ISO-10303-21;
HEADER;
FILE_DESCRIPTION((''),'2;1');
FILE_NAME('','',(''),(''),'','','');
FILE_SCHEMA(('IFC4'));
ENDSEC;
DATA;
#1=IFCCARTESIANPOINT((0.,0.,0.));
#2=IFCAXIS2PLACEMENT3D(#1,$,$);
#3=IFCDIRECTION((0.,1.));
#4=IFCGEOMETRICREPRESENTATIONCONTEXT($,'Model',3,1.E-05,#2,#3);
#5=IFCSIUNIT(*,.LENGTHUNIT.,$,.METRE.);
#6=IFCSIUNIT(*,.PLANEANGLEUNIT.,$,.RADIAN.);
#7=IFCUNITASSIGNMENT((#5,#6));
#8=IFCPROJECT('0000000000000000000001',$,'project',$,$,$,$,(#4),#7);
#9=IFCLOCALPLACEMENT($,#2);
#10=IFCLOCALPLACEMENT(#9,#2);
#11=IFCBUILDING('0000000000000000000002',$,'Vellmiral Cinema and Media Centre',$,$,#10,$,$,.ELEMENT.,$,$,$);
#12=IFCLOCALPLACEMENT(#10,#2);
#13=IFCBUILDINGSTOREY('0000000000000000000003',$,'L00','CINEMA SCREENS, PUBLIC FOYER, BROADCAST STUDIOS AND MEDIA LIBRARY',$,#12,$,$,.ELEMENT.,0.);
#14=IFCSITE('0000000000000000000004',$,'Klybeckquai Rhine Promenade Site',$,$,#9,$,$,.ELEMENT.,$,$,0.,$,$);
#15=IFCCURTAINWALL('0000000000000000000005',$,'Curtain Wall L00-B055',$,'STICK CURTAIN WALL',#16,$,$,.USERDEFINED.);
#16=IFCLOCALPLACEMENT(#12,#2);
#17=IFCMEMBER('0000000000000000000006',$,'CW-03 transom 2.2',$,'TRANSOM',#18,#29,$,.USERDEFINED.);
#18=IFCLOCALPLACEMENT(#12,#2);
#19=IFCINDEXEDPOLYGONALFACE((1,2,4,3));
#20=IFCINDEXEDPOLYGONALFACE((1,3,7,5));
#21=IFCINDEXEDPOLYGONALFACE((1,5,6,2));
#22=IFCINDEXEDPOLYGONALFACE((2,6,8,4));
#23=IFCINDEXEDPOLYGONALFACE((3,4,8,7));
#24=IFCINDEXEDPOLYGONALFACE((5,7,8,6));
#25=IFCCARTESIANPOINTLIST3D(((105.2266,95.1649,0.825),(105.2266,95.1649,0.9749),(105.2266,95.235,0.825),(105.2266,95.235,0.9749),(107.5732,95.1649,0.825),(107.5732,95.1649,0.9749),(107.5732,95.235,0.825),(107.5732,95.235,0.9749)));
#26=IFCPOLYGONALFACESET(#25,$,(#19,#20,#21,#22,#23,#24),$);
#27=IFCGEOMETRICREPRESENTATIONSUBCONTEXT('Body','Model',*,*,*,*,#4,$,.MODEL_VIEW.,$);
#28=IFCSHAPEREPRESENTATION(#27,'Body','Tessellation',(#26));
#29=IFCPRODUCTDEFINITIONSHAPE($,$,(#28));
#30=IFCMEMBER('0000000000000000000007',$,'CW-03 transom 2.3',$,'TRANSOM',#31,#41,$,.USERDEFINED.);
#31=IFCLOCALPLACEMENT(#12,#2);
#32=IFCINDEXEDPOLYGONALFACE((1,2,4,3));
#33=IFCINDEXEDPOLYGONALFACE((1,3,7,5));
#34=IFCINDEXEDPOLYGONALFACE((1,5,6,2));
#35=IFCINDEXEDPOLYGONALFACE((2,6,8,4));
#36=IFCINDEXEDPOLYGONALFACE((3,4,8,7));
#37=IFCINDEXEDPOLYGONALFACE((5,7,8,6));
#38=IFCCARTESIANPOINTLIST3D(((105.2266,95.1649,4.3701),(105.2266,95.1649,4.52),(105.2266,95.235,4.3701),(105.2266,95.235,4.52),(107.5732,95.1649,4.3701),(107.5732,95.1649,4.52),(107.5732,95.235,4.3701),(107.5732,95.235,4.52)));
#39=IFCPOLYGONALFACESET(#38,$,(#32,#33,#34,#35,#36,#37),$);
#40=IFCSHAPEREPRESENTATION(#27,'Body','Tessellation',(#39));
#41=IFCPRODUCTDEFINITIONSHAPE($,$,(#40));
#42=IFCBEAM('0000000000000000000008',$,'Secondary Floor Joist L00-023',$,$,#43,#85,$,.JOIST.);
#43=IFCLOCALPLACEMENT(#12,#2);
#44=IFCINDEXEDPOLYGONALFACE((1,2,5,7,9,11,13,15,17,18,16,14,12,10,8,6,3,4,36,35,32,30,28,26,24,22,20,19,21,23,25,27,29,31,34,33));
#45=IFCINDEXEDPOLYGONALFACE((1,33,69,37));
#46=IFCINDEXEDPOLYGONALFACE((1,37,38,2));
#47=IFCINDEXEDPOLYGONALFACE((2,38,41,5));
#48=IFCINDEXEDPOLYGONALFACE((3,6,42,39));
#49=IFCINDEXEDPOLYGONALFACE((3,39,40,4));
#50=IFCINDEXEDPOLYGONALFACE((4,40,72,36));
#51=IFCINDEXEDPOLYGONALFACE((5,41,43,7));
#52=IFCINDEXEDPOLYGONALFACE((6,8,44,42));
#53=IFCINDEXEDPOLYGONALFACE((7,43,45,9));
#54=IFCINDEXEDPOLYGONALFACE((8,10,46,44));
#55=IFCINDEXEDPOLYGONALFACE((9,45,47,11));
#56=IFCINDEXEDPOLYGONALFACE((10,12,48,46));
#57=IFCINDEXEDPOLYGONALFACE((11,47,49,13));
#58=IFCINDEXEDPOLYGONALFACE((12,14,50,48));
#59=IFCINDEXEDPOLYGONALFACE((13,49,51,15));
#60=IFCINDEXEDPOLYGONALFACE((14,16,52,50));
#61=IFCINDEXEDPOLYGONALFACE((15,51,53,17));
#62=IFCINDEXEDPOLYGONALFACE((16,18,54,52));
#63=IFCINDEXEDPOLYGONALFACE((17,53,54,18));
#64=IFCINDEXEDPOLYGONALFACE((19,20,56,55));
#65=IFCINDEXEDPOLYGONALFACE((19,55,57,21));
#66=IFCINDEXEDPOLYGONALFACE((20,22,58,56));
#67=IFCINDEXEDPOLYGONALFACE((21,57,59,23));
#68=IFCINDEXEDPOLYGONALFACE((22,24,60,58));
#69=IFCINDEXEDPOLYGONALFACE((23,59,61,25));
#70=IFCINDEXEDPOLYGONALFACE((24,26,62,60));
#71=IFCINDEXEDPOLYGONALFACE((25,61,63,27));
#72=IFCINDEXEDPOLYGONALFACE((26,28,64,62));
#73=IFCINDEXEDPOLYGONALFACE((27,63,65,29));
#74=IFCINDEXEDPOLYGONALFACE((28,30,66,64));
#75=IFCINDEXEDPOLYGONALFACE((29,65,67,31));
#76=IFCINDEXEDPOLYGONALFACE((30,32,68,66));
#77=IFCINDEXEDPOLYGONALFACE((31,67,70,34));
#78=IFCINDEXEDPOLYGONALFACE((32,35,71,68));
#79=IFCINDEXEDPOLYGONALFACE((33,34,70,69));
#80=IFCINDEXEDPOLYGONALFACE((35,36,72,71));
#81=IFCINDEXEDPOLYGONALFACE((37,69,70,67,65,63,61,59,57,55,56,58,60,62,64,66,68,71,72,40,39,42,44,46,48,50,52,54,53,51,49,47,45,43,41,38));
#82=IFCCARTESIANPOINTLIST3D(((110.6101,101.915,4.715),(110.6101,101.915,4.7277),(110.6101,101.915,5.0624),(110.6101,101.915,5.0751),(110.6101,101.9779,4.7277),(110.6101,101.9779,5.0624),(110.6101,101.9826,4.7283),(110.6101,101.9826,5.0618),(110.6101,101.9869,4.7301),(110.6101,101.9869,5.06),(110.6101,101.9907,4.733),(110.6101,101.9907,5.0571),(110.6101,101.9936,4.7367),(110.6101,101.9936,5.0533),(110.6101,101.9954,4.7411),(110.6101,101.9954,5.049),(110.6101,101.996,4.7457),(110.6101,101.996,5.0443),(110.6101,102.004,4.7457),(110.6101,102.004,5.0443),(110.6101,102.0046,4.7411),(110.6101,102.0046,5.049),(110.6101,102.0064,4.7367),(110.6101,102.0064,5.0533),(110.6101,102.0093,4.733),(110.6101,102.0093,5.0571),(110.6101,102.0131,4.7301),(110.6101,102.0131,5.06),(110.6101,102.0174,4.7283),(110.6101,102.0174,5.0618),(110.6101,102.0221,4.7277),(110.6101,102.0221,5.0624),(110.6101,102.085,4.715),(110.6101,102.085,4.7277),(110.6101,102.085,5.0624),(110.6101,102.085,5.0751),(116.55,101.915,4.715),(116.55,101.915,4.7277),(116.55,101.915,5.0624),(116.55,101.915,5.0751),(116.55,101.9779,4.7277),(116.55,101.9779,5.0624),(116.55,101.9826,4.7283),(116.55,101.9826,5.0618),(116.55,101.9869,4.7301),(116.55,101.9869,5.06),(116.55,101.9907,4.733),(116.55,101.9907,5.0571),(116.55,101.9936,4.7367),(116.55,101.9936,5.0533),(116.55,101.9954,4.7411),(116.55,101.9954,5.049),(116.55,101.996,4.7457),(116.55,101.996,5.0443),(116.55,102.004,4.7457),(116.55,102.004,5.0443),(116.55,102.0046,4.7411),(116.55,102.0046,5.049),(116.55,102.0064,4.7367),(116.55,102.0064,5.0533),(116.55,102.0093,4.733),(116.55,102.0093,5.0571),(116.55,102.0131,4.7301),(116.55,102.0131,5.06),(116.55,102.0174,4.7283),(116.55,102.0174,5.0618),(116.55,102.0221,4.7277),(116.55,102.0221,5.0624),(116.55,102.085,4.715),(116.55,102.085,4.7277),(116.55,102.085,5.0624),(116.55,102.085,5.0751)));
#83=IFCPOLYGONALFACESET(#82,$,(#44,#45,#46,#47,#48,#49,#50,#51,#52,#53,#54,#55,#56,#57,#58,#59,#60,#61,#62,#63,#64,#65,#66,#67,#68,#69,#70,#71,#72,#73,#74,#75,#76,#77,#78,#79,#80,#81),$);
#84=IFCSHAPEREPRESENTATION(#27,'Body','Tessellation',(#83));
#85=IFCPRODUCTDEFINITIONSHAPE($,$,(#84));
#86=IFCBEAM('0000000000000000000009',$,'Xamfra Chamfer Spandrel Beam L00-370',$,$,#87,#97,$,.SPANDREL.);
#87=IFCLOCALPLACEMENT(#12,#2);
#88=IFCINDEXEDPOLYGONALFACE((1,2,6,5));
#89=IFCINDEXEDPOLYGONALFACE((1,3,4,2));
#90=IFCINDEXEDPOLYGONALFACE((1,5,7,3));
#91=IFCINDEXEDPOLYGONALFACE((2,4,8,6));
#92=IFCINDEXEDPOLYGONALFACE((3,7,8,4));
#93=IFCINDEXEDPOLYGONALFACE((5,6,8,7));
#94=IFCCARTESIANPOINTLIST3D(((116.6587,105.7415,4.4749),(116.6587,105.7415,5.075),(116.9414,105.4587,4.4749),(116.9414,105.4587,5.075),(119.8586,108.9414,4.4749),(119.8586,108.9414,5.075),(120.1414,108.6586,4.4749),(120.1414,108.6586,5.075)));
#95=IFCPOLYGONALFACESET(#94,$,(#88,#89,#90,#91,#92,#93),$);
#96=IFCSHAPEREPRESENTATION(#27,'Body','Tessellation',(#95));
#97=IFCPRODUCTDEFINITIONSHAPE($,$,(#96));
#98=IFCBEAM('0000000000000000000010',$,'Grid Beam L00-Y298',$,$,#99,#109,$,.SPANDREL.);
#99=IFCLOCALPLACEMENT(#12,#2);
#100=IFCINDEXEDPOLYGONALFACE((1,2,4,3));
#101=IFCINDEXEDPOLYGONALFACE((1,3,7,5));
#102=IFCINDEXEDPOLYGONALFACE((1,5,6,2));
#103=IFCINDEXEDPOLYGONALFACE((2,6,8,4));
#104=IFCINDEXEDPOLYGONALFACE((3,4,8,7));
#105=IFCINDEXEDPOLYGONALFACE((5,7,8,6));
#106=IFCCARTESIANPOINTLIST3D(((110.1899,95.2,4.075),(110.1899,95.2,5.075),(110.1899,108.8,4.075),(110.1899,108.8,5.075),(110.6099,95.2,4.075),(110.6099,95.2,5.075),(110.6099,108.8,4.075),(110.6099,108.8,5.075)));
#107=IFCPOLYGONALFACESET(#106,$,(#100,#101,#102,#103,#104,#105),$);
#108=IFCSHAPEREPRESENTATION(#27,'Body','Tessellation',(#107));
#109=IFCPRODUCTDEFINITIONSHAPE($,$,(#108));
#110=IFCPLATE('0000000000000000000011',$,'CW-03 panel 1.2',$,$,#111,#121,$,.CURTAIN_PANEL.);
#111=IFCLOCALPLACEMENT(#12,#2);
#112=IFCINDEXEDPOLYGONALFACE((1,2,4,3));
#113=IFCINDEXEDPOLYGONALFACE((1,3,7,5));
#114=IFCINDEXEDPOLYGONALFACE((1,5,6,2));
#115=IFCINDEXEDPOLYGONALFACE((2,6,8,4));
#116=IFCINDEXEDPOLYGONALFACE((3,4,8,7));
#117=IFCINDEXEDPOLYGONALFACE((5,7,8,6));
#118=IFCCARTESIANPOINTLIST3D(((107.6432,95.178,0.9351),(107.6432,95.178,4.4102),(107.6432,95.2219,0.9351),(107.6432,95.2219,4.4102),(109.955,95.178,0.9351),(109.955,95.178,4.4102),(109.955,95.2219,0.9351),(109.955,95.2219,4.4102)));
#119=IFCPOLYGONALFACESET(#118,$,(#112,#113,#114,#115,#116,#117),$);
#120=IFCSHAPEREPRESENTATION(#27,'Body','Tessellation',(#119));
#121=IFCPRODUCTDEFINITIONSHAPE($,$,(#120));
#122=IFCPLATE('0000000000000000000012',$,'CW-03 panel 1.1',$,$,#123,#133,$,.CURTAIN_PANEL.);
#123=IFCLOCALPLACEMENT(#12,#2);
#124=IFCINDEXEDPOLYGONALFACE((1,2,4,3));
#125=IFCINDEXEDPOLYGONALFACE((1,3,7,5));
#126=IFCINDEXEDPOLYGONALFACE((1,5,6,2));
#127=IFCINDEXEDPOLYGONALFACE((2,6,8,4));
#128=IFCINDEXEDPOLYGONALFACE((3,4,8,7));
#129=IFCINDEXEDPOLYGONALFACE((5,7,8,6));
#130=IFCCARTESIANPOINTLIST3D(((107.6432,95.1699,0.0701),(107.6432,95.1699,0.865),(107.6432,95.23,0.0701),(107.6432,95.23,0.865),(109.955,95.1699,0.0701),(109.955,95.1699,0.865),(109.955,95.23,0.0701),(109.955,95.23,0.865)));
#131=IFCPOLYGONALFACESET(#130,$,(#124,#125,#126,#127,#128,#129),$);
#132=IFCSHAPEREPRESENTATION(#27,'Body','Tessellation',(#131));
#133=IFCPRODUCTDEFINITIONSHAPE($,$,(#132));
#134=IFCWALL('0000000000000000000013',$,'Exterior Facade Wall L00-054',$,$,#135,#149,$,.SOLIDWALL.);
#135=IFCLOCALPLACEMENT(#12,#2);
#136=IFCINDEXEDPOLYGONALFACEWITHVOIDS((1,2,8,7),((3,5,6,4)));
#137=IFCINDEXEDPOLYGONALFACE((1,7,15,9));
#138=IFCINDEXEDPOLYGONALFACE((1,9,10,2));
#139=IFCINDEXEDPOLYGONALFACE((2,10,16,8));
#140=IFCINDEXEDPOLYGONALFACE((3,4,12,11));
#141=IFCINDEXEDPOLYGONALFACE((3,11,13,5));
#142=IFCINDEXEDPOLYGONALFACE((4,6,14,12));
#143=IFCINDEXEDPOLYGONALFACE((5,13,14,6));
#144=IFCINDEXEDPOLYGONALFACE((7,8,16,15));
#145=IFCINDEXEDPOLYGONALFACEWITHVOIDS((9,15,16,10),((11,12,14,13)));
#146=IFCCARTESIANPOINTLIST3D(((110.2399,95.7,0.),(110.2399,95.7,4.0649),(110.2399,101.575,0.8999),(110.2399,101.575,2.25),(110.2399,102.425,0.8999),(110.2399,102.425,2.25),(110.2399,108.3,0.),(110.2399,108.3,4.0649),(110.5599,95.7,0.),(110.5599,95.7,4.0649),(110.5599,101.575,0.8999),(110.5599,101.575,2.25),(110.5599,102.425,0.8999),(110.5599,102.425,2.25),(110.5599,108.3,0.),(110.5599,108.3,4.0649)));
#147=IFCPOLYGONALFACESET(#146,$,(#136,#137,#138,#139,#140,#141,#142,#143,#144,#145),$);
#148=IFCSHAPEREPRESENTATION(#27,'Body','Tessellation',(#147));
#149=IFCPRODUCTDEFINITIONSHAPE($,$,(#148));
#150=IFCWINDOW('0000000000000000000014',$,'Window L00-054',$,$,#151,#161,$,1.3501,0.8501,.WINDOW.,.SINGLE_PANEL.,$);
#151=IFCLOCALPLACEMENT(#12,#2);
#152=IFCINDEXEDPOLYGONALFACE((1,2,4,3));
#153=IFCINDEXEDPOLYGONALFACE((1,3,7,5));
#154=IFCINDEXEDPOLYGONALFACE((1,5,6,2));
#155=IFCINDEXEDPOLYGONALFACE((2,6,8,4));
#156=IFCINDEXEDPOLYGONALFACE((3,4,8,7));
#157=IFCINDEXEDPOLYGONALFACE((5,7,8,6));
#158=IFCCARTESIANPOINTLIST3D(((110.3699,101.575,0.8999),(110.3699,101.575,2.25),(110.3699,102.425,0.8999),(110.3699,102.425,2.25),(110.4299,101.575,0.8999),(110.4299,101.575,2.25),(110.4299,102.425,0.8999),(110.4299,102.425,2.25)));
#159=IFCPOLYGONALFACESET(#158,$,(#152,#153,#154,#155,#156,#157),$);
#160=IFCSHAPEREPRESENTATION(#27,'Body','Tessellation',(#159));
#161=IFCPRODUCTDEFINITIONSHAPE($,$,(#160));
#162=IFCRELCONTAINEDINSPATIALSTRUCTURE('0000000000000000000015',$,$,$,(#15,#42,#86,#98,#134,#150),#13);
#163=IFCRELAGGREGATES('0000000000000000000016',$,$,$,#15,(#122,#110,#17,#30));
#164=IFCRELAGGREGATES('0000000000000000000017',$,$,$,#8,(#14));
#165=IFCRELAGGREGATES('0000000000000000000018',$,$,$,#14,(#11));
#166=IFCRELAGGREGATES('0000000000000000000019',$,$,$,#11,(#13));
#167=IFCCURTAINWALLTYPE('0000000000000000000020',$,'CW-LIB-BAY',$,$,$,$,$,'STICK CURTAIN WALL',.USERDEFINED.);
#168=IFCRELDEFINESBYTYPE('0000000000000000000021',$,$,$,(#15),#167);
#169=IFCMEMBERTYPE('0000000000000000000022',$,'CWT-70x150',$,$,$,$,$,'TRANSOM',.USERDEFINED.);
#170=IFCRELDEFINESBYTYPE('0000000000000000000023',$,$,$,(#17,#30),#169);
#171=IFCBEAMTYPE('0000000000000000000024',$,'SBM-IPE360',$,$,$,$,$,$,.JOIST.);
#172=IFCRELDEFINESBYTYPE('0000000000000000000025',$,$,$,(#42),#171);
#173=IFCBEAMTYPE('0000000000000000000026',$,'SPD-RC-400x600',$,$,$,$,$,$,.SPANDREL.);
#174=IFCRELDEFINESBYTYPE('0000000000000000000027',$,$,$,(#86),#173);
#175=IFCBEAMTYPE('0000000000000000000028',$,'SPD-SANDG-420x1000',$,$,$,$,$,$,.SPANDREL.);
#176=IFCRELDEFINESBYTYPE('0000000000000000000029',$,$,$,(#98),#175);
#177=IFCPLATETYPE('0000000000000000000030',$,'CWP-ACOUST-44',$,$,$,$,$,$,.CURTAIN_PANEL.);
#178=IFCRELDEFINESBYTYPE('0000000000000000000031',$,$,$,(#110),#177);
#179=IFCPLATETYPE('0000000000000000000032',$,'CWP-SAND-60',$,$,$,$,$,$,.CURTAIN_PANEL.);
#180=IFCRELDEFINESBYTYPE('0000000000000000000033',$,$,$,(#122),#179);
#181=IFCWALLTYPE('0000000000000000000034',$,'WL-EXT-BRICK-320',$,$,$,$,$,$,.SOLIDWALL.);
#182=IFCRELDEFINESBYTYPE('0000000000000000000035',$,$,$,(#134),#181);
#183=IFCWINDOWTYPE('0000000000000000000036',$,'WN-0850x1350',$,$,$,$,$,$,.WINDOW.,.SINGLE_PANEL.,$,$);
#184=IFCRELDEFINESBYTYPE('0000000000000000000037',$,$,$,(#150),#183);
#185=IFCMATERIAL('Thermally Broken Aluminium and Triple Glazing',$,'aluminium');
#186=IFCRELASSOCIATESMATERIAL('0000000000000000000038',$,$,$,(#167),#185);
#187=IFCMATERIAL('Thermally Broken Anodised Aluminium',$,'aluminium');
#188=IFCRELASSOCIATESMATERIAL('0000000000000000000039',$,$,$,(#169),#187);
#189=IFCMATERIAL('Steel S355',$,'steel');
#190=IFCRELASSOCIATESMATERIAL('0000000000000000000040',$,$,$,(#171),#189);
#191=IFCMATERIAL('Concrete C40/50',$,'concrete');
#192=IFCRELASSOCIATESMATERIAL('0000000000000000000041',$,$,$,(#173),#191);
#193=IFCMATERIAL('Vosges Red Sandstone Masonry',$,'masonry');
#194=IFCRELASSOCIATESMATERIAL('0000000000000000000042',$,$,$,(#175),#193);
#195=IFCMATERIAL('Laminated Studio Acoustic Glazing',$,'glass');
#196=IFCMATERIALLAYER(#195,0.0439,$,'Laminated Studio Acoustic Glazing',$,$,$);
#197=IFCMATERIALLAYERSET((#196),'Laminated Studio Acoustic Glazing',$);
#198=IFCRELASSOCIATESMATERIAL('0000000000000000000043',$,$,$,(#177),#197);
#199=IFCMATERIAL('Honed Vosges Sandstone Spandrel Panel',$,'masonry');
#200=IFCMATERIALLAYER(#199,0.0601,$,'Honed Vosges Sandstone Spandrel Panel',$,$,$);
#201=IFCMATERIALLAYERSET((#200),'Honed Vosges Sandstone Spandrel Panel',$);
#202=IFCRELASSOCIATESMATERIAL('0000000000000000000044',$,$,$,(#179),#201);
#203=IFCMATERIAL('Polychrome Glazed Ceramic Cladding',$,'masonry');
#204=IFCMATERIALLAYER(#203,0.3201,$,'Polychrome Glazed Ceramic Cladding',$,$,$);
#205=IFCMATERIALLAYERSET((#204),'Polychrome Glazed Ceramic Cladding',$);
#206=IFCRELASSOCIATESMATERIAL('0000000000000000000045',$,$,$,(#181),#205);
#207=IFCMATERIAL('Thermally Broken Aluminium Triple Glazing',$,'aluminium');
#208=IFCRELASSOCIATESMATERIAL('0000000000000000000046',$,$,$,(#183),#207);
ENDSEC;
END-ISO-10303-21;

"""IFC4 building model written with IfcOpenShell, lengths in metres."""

from ifc_helpers import new_model, si_unit, direction, frame, frame_2d, origin, origin_2d, place, context, subcontext, project, spatial, rectangle, i_section, extrude, material, layer, layer_set, material_profile, profile_set, type_object, element, fill, aggregate, save


model = new_model("IFC4")

# Units and contexts
model_context = context("Model", 3, precision=1e-05, world=origin(), true_north=direction((0.0, 1.0)))
body_context = subcontext(model_context, "Body", "Model", "MODEL_VIEW")
ifc_project = project(units=[si_unit("LENGTHUNIT", "METRE"), si_unit("PLANEANGLEUNIT", "RADIAN")], contexts=[model_context])

# Site, building, storey
site_placement = place(None, origin())
site = spatial("IfcSite", under=ifc_project, at=site_placement, Name="Klybeckquai Rhine Promenade Site", CompositionType="ELEMENT", RefElevation=0.0)
building_placement = place(site_placement, origin())
building = spatial("IfcBuilding", under=site, at=building_placement, Name="Vellmiral Cinema and Media Centre", CompositionType="ELEMENT")
storey_placement = place(building_placement, origin())
storey = spatial("IfcBuildingStorey", under=building, at=storey_placement, Name="L00", Description="CINEMA SCREENS, PUBLIC FOYER, BROADCAST STUDIOS AND MEDIA LIBRARY", CompositionType="ELEMENT", Elevation=0.0)

# Curtain wall, members
ifc_material_1 = material(Name="Thermally Broken Aluminium and Triple Glazing", Category="aluminium")
curtain_wall_type = type_object("IfcCurtainWallType", Name="CW-LIB-BAY", ElementType="STICK CURTAIN WALL", PredefinedType="USERDEFINED", material=ifc_material_1)
curtain_wall_placement = place(storey_placement, origin())
curtain_wall = element("IfcCurtainWall", 1, at=curtain_wall_placement, inside=storey, type_object=curtain_wall_type, Name="Curtain Wall L00-B055", ObjectType="STICK CURTAIN WALL", PredefinedType="USERDEFINED")
ifc_material_2 = material(Name="Thermally Broken Anodised Aluminium", Category="aluminium")
ifc_material_profile_1 = material_profile(ifc_material_2, rectangle(XDim=0.0701, YDim=0.1499, at=origin_2d()), Name="MULL 70x150")
ifc_profile_set_1 = profile_set([ifc_material_profile_1], Name="Thermally Broken Anodised Aluminium")
member_type_1 = type_object("IfcMemberType", Name="CWT-70x150", ElementType="TRANSOM", PredefinedType="USERDEFINED", material=ifc_profile_set_1)
member_1_placement = place(storey_placement, frame((107.5732, 95.2, 0.8999), z_axis=(-1.0, 0.0, 0.0), x_axis=(0.0, -1.0, 0.0)))
member_1 = element("IfcMember", 2, at=member_1_placement, type_object=member_type_1, Name="CW-03 transom 2.2", ObjectType="TRANSOM", PredefinedType="USERDEFINED", context=body_context, shape_type="SweptSolid", body=[
    extrude(rectangle(XDim=0.0701, YDim=0.1499, at=origin_2d()), origin(), (0.0, 0.0, 1.0), 2.3467),
])
member_2_placement = place(storey_placement, frame((107.5732, 95.2, 4.4451), z_axis=(-1.0, 0.0, 0.0), x_axis=(0.0, -1.0, 0.0)))
member_2 = element("IfcMember", 3, at=member_2_placement, type_object=member_type_1, Name="CW-03 transom 2.3", ObjectType="TRANSOM", PredefinedType="USERDEFINED", context=body_context, shape_type="SweptSolid", body=[
    extrude(rectangle(XDim=0.0701, YDim=0.1499, at=origin_2d()), origin(), (0.0, 0.0, 1.0), 2.3467),
])

# Beams
ifc_material_3 = material(Name="Steel S355", Category="steel")
ifc_material_profile_2 = material_profile(ifc_material_3, i_section(OverallWidth=0.1699, OverallDepth=0.3601, WebThickness=0.0081, FlangeThickness=0.0127, FilletRadius=0.0181, at=origin_2d()), Name="IPE 360")
ifc_profile_set_2 = profile_set([ifc_material_profile_2], Name="Steel S355")
beam_type_1 = type_object("IfcBeamType", Name="SBM-IPE360", PredefinedType="JOIST", material=ifc_profile_set_2)
beam_1_placement = place(storey_placement, frame((110.6101, 102.0, 4.895), z_axis=(1.0, 0.0, 0.0), x_axis=(0.0, 1.0, 0.0)))
element("IfcBeam", 4, at=beam_1_placement, inside=storey, type_object=beam_type_1, Name="Secondary Floor Joist L00-023", PredefinedType="JOIST", context=body_context, shape_type="SweptSolid", body=[
    extrude(i_section(OverallWidth=0.1699, OverallDepth=0.3601, WebThickness=0.0081, FlangeThickness=0.0127, FilletRadius=0.0181, at=origin_2d()), origin(), (0.0, 0.0, 1.0), 5.9399),
])
ifc_material_4 = material(Name="Concrete C40/50", Category="concrete")
ifc_material_profile_3 = material_profile(ifc_material_4, rectangle(XDim=0.3999, YDim=0.6001, at=origin_2d()), Name="RC 400x600")
ifc_profile_set_3 = profile_set([ifc_material_profile_3], Name="Concrete C40/50")
beam_type_2 = type_object("IfcBeamType", Name="SPD-RC-400x600", PredefinedType="SPANDREL", material=ifc_profile_set_3)
beam_2_placement = place(storey_placement, frame((116.8, 105.6001, 4.7749), z_axis=(0.707107, 0.707107, 0.0), x_axis=(-0.707107, 0.707107, 0.0)))
element("IfcBeam", 5, at=beam_2_placement, inside=storey, type_object=beam_type_2, Name="Xamfra Chamfer Spandrel Beam L00-370", PredefinedType="SPANDREL", context=body_context, shape_type="SweptSolid", body=[
    extrude(rectangle(XDim=0.3999, YDim=0.6001, at=origin_2d()), origin(), (0.0, 0.0, 1.0), 4.5254),
])
ifc_material_5 = material(Name="Vosges Red Sandstone Masonry", Category="masonry")
ifc_material_profile_4 = material_profile(ifc_material_5, rectangle(XDim=0.4199, YDim=1.0, at=origin_2d()), Name="SAND 420x1000")
ifc_profile_set_4 = profile_set([ifc_material_profile_4], Name="Vosges Red Sandstone Masonry")
beam_type_3 = type_object("IfcBeamType", Name="SPD-SANDG-420x1000", PredefinedType="SPANDREL", material=ifc_profile_set_4)
beam_3_placement = place(storey_placement, frame((110.3999, 95.2, 4.575), z_axis=(0.0, 1.0, 0.0), x_axis=(-1.0, 0.0, 0.0)))
element("IfcBeam", 6, at=beam_3_placement, inside=storey, type_object=beam_type_3, Name="Grid Beam L00-Y298", PredefinedType="SPANDREL", context=body_context, shape_type="SweptSolid", body=[
    extrude(rectangle(XDim=0.4199, YDim=1.0, at=origin_2d()), origin(), (0.0, 0.0, 1.0), 13.6001),
])

# Plates
ifc_material_6 = material(Name="Laminated Studio Acoustic Glazing", Category="glass")
ifc_layer_1 = layer(ifc_material_6, 0.0439, Name="Laminated Studio Acoustic Glazing")
ifc_layer_set_1 = layer_set([ifc_layer_1], Name="Laminated Studio Acoustic Glazing")
plate_type_1 = type_object("IfcPlateType", Name="CWP-ACOUST-44", PredefinedType="CURTAIN_PANEL", material=ifc_layer_set_1)
plate_1_placement = place(storey_placement, frame((108.7991, 95.2, 0.9351), z_axis=(0.0, 0.0, 1.0), x_axis=(-1.0, 0.0, 0.0)))
plate_1 = element("IfcPlate", 7, at=plate_1_placement, type_object=plate_type_1, Name="CW-03 panel 1.2", PredefinedType="CURTAIN_PANEL", context=body_context, shape_type="SweptSolid", body=[
    extrude(rectangle(XDim=2.3118, YDim=0.0439, at=origin_2d()), origin(), (0.0, 0.0, 1.0), 3.4751),
])
ifc_material_7 = material(Name="Honed Vosges Sandstone Spandrel Panel", Category="masonry")
ifc_layer_2 = layer(ifc_material_7, 0.0601, Name="Honed Vosges Sandstone Spandrel Panel")
ifc_layer_set_2 = layer_set([ifc_layer_2], Name="Honed Vosges Sandstone Spandrel Panel")
plate_type_2 = type_object("IfcPlateType", Name="CWP-SAND-60", PredefinedType="CURTAIN_PANEL", material=ifc_layer_set_2)
plate_2_placement = place(storey_placement, frame((108.7991, 95.2, 0.0701), z_axis=(0.0, 0.0, 1.0), x_axis=(-1.0, 0.0, 0.0)))
plate_2 = element("IfcPlate", 8, at=plate_2_placement, type_object=plate_type_2, Name="CW-03 panel 1.1", PredefinedType="CURTAIN_PANEL", context=body_context, shape_type="SweptSolid", body=[
    extrude(rectangle(XDim=2.3118, YDim=0.0601, at=origin_2d()), origin(), (0.0, 0.0, 1.0), 0.7949),
])
aggregate(curtain_wall, [plate_2, plate_1, member_1, member_2])

# Wall, opening, window
ifc_material_8 = material(Name="Polychrome Glazed Ceramic Cladding", Category="masonry")
ifc_layer_3 = layer(ifc_material_8, 0.3201, Name="Polychrome Glazed Ceramic Cladding")
ifc_layer_set_3 = layer_set([ifc_layer_3], Name="Polychrome Glazed Ceramic Cladding")
wall_type_1 = type_object("IfcWallType", Name="WL-EXT-BRICK-320", PredefinedType="SOLIDWALL", material=ifc_layer_set_3)
wall_1_placement = place(storey_placement, frame((110.3999, 108.3, 0.0), z_axis=(0.0, 0.0, 1.0), x_axis=(0.0, -1.0, 0.0)))
wall_1 = element("IfcWall", 9, at=wall_1_placement, inside=storey, type_object=wall_type_1, Name="Exterior Facade Wall L00-054", PredefinedType="SOLIDWALL", context=body_context, shape_type="SweptSolid", body=[
    extrude(rectangle(XDim=12.6001, YDim=0.3201, at=frame_2d((6.3, 0.0))), origin(), (0.0, 0.0, 1.0), 4.0649),
])
opening_1_placement = place(wall_1_placement, frame((5.875, 0.0, 0.8999)))
opening_1 = element("IfcOpeningElement", 10, at=opening_1_placement, cuts=wall_1, PredefinedType="OPENING", context=body_context, shape_type="SweptSolid", body=[
    extrude(rectangle(XDim=0.8501, YDim=1.3501, at=frame_2d((0.425, 0.675))), frame((0.0, 0.1719, 0.0), z_axis=(0.0, -1.0, 0.0), x_axis=(1.0, 0.0, 0.0)), (0.0, 0.0, 1.0), 0.344),
])
ifc_material_9 = material(Name="Thermally Broken Aluminium Triple Glazing", Category="aluminium")
window_type = type_object("IfcWindowType", Name="WN-0850x1350", PartitioningType="SINGLE_PANEL", PredefinedType="WINDOW", material=ifc_material_9)
window_placement = place(opening_1_placement, origin())
window = element("IfcWindow", 11, at=window_placement, inside=storey, type_object=window_type, Name="Window L00-054", OverallHeight=1.3501, OverallWidth=0.8501, PartitioningType="SINGLE_PANEL", PredefinedType="WINDOW", context=body_context, shape_type="SweptSolid", body=[
    extrude(rectangle(XDim=0.8501, YDim=1.3501, at=frame_2d((0.425, 0.675))), frame((0.0, 0.03, 0.0), z_axis=(0.0, -1.0, 0.0), x_axis=(1.0, 0.0, 0.0)), (0.0, 0.0, 1.0), 0.0601),
])
fill(opening_1, window)

save(model, "model.ifc")
